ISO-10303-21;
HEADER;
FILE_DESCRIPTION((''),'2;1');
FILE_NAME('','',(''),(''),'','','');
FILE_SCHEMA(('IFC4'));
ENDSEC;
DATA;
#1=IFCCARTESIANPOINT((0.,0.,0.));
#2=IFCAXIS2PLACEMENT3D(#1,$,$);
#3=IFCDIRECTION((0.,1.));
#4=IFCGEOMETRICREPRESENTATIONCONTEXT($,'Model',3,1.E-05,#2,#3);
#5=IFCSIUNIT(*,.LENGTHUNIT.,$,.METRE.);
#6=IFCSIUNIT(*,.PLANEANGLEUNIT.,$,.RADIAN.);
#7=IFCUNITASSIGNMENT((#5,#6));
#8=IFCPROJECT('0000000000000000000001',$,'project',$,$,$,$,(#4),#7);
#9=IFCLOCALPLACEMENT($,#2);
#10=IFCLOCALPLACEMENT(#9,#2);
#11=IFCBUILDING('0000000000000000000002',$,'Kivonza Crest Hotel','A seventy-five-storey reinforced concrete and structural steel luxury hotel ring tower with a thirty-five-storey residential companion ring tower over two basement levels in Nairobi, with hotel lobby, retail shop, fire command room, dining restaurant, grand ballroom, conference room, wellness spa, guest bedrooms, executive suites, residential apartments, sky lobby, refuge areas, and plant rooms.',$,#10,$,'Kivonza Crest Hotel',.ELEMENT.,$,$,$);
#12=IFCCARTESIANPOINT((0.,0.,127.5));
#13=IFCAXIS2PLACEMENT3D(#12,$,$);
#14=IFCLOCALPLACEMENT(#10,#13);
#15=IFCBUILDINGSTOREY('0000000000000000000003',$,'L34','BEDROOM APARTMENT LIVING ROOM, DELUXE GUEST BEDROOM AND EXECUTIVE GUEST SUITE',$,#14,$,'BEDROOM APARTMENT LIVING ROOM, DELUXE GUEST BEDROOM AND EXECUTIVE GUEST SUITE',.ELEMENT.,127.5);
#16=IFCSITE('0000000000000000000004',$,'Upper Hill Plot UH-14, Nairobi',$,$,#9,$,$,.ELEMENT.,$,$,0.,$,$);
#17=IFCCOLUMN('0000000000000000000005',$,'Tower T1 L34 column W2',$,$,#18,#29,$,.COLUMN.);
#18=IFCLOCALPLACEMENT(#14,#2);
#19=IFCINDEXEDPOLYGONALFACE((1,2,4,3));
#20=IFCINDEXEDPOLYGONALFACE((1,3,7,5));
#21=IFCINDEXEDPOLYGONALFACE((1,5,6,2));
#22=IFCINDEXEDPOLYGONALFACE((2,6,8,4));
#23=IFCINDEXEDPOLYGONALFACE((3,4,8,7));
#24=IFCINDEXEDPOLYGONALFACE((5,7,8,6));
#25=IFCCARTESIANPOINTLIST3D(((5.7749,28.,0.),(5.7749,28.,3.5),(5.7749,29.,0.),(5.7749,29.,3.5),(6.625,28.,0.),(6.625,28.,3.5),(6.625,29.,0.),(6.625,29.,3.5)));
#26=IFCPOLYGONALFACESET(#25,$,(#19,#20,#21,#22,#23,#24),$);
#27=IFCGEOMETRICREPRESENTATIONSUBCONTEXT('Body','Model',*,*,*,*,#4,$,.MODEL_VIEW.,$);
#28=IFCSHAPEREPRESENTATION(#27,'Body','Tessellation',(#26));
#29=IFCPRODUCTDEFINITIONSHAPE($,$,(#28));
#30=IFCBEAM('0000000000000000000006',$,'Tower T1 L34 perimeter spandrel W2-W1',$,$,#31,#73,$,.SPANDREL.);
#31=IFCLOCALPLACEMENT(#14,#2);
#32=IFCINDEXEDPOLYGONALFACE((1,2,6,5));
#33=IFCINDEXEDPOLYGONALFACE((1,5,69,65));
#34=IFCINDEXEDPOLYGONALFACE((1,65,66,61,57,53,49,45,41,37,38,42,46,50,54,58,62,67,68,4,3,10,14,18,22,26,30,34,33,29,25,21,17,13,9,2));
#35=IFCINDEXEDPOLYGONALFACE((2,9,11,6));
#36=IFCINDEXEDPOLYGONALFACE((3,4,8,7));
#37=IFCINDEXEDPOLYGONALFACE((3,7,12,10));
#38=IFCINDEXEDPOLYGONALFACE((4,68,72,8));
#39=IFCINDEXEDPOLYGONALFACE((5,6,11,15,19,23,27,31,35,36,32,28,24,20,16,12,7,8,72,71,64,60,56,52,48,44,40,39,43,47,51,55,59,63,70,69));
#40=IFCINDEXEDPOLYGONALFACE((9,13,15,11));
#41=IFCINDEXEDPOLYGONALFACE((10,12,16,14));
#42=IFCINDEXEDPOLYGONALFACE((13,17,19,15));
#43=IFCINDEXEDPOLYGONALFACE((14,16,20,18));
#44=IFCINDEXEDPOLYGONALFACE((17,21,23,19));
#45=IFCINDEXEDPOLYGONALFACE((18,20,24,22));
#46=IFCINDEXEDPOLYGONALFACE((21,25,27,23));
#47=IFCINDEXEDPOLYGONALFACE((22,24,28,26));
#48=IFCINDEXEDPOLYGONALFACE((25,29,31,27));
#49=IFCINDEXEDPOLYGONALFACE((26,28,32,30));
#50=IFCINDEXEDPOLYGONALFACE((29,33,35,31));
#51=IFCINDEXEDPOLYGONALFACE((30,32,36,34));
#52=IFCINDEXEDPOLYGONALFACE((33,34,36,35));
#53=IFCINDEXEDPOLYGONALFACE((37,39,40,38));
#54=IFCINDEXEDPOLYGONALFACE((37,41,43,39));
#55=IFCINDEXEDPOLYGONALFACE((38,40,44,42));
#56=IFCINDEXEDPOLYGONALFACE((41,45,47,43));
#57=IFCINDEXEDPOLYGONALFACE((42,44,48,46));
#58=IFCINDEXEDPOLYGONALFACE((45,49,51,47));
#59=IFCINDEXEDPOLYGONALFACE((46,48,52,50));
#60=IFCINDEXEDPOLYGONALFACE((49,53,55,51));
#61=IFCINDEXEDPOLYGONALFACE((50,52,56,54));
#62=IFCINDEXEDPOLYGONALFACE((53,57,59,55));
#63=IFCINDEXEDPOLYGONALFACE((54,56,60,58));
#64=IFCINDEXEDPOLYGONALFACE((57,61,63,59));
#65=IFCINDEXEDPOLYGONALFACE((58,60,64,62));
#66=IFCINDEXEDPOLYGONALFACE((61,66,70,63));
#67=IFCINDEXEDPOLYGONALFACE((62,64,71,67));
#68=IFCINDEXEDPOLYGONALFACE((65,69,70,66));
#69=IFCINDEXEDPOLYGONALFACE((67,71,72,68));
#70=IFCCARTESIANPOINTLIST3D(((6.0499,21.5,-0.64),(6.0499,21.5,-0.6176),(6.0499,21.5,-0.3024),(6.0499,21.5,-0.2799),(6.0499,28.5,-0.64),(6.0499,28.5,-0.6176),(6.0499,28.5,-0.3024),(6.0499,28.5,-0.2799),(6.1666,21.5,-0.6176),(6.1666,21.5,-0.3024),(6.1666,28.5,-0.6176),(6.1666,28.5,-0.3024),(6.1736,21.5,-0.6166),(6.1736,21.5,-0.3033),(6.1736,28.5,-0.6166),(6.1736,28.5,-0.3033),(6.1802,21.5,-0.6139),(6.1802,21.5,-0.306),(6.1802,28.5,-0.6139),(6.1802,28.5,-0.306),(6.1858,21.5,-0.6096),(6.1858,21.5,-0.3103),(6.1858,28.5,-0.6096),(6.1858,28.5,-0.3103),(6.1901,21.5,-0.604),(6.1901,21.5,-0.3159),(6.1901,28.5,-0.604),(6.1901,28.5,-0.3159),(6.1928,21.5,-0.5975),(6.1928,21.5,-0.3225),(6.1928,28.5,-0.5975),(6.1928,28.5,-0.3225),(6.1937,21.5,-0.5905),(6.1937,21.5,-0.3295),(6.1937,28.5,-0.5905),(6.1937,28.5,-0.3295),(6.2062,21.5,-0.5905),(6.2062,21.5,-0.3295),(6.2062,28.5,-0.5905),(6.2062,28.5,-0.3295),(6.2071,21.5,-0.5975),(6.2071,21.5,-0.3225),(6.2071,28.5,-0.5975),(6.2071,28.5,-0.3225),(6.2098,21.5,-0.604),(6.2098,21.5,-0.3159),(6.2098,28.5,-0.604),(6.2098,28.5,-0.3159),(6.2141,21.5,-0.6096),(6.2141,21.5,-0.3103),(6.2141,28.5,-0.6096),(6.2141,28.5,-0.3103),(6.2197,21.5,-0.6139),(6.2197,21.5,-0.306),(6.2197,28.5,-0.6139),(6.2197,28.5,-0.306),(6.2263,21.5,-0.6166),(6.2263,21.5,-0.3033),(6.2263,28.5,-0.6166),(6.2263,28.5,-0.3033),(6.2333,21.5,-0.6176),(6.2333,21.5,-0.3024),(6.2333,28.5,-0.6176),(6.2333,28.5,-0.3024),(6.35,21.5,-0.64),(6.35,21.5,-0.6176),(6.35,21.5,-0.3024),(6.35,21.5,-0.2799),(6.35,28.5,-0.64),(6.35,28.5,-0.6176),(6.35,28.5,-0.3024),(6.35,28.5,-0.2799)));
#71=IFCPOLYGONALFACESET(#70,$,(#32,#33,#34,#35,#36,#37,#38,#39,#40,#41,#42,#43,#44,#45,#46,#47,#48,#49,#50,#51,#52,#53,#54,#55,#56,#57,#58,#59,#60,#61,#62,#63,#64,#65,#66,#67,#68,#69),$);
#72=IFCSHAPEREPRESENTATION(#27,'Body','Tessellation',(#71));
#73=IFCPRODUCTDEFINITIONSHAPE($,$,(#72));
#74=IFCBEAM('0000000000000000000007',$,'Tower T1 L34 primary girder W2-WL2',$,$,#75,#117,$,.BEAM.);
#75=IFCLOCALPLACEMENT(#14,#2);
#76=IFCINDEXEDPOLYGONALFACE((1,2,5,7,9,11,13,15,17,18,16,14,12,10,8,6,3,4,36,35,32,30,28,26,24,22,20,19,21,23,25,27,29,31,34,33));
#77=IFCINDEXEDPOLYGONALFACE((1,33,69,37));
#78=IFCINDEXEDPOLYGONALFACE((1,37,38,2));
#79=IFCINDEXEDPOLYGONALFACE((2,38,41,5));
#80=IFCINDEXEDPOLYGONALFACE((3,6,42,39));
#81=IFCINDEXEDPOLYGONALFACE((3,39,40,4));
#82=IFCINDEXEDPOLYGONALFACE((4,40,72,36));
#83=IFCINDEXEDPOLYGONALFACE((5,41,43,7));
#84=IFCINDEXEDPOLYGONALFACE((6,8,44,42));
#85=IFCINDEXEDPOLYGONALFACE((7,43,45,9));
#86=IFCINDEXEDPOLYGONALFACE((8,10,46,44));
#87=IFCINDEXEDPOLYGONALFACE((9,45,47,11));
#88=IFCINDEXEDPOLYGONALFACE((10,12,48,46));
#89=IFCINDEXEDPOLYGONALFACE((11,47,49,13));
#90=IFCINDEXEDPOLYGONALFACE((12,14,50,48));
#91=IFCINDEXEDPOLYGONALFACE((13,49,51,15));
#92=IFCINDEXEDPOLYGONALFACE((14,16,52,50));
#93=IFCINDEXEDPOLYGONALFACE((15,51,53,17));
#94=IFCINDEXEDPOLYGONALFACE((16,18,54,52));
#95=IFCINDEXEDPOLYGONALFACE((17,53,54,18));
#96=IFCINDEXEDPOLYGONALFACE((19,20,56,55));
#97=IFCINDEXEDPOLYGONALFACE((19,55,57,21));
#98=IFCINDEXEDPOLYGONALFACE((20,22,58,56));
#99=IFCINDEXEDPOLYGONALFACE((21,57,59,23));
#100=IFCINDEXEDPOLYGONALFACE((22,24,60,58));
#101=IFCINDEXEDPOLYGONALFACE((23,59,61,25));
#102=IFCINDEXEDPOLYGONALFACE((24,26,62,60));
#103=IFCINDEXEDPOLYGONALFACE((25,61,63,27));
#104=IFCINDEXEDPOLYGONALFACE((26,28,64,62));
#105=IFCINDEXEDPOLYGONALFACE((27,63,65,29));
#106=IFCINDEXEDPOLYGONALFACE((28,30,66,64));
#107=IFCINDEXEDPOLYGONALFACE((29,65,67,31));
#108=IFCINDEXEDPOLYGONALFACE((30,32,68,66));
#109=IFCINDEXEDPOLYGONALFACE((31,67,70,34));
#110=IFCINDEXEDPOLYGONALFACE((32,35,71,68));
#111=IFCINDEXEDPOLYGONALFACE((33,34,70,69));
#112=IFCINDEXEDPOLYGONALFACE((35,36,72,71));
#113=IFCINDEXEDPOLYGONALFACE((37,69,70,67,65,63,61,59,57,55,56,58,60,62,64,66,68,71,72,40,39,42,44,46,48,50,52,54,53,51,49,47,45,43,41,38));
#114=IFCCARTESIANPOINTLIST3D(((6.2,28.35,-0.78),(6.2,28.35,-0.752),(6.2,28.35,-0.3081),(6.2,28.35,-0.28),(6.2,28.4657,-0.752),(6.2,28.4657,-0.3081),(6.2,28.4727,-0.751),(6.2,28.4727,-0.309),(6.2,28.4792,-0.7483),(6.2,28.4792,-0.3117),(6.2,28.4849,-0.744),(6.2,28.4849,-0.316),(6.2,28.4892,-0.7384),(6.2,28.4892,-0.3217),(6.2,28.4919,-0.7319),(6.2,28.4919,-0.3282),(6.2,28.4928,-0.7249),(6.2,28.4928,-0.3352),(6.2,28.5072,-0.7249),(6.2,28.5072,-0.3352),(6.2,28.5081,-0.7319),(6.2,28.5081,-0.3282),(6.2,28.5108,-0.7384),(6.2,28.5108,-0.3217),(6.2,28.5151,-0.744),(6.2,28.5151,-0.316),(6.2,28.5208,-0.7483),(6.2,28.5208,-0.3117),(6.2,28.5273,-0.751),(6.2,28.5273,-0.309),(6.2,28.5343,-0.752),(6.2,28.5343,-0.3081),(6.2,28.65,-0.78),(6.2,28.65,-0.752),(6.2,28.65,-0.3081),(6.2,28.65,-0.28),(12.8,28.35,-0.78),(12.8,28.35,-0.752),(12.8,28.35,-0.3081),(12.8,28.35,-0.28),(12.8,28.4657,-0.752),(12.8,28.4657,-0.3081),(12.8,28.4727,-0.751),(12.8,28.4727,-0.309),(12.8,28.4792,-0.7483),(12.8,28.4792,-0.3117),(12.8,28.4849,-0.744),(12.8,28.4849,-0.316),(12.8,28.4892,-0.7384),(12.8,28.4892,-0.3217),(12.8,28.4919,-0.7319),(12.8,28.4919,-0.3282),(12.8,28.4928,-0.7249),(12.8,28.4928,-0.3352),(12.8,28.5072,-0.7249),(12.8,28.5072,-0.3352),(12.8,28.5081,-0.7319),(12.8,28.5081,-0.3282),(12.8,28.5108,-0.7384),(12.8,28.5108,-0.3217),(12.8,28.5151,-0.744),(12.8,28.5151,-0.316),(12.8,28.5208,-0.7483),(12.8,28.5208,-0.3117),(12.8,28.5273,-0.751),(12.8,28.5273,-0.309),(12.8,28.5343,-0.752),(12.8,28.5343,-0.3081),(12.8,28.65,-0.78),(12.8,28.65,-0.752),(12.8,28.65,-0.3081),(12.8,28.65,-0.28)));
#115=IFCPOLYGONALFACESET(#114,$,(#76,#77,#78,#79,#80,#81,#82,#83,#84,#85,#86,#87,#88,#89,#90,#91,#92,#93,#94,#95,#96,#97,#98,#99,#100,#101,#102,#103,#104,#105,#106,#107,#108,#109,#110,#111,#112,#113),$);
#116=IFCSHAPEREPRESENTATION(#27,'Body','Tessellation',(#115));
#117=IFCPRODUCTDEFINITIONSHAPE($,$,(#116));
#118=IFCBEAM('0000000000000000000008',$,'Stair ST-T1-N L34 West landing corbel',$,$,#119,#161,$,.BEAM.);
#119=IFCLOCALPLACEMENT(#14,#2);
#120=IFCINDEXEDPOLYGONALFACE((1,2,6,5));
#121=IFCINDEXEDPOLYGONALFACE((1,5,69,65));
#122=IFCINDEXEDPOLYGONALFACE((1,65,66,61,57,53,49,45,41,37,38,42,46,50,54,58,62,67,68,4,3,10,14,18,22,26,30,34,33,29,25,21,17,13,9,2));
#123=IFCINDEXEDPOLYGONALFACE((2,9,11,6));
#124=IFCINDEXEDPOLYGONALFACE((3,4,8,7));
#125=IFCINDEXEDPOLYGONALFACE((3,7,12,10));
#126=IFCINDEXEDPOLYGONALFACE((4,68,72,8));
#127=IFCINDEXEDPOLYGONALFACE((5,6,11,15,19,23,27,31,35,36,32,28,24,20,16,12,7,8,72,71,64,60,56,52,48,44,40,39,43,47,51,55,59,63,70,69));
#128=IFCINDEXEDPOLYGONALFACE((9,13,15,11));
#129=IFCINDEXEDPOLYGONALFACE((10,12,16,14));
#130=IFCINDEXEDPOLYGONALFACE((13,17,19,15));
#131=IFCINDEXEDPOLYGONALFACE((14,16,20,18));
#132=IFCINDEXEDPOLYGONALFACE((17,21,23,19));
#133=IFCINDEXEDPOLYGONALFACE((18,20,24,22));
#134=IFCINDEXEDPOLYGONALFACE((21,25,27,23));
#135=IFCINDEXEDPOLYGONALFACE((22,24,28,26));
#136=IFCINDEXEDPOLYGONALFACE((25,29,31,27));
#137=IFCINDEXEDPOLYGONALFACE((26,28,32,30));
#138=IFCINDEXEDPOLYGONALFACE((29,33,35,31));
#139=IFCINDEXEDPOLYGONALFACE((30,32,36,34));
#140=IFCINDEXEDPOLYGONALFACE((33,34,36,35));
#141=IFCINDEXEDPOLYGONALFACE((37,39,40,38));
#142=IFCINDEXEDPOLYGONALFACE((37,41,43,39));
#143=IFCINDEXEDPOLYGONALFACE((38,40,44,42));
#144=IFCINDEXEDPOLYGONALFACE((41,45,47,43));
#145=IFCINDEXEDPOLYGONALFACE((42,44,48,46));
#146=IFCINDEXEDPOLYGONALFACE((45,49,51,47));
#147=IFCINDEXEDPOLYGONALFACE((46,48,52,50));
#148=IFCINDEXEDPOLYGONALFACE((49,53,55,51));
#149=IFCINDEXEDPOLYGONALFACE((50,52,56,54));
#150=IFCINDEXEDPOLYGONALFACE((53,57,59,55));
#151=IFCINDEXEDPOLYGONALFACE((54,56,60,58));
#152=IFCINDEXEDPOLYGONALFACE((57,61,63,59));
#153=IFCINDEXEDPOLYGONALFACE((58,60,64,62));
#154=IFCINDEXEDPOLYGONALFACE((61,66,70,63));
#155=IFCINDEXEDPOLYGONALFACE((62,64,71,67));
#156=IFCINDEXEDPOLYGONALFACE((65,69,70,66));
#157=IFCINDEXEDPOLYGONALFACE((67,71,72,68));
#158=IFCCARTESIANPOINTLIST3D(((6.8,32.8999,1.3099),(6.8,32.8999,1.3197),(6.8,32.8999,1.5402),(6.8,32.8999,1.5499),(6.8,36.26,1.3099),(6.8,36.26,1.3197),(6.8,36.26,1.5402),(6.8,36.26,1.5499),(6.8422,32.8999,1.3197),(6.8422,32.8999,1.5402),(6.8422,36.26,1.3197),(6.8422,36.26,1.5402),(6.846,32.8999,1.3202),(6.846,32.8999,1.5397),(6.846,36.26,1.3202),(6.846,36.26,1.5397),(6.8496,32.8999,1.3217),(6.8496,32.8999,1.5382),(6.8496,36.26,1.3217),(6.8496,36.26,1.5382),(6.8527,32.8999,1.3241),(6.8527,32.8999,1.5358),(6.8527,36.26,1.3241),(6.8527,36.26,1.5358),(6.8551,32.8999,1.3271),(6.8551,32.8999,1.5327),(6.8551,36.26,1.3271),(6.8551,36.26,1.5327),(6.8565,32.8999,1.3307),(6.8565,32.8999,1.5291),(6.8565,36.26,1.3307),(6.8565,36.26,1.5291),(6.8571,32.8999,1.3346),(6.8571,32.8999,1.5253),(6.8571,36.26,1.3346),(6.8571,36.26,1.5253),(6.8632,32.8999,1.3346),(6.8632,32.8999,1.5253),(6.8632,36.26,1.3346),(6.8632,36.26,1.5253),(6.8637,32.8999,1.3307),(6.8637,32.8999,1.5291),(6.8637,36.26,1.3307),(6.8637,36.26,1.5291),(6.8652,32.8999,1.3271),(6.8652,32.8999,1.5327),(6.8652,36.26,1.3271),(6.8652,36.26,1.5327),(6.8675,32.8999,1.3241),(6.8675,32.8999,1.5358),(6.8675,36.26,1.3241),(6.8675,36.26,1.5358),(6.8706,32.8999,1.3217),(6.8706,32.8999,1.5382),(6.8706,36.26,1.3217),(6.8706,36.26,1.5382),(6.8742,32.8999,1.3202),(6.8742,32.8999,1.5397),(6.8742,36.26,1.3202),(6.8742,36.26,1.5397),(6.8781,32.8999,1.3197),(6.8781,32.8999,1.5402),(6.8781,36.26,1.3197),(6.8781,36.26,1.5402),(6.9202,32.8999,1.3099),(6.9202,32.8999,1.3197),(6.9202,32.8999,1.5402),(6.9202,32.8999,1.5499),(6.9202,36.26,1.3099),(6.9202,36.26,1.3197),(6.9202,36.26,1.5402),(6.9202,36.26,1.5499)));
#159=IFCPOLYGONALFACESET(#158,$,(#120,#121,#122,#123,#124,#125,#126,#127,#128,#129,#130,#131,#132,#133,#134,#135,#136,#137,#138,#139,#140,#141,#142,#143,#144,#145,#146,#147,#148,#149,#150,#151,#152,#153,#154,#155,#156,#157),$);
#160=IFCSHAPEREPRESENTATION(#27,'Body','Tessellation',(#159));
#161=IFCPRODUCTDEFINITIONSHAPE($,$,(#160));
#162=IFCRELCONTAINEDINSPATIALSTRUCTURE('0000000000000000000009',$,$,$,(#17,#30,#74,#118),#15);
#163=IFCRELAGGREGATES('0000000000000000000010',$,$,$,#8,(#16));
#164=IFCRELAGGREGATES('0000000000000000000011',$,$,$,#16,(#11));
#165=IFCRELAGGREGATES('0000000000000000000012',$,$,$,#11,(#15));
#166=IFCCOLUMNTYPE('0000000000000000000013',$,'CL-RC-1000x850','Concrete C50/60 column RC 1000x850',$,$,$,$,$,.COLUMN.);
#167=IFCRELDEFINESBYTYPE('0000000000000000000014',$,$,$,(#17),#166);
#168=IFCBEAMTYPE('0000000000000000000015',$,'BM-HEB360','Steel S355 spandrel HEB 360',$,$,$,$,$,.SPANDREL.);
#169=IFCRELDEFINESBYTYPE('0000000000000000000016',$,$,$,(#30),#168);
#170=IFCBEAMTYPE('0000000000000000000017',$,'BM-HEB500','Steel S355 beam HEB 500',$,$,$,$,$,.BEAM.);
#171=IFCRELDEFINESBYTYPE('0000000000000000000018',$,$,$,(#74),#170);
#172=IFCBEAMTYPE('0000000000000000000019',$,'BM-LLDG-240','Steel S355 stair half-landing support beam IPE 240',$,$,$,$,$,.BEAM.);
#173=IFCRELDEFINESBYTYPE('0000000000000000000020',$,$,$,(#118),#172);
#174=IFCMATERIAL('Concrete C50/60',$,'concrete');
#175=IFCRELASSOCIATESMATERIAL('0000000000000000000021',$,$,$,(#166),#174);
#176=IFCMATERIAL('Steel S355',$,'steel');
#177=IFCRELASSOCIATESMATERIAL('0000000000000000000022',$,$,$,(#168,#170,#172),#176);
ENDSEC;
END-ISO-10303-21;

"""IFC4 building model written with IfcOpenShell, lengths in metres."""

from ifc_helpers import new_model, si_unit, direction, frame, origin, origin_2d, place, context, subcontext, project, spatial, rectangle, i_section, extrude, material, material_profile, profile_set, type_object, element, save


model = new_model("IFC4")

# Units and contexts
model_context = context("Model", 3, precision=1e-05, world=origin(), true_north=direction((0.0, 1.0)))
body_context = subcontext(model_context, "Body", "Model", "MODEL_VIEW")
ifc_project = project(units=[si_unit("LENGTHUNIT", "METRE"), si_unit("PLANEANGLEUNIT", "RADIAN")], contexts=[model_context])

# Site, building, storey
site_placement = place(None, origin())
site = spatial("IfcSite", under=ifc_project, at=site_placement, Name="Upper Hill Plot UH-14, Nairobi", CompositionType="ELEMENT", RefElevation=0.0)
building_placement = place(site_placement, origin())
building = spatial("IfcBuilding", under=site, at=building_placement, Name="Kivonza Crest Hotel", Description="A seventy-five-storey reinforced concrete and structural steel luxury hotel ring tower with a thirty-five-storey residential companion ring tower over two basement levels in Nairobi, with hotel lobby, retail shop, fire command room, dining restaurant, grand ballroom, conference room, wellness spa, guest bedrooms, executive suites, residential apartments, sky lobby, refuge areas, and plant rooms.", LongName="Kivonza Crest Hotel", CompositionType="ELEMENT")
storey_placement = place(building_placement, frame((0.0, 0.0, 127.5)))
storey = spatial("IfcBuildingStorey", under=building, at=storey_placement, Name="L34", Description="BEDROOM APARTMENT LIVING ROOM, DELUXE GUEST BEDROOM AND EXECUTIVE GUEST SUITE", LongName="BEDROOM APARTMENT LIVING ROOM, DELUXE GUEST BEDROOM AND EXECUTIVE GUEST SUITE", CompositionType="ELEMENT", Elevation=127.5)

# Column
ifc_material_1 = material(Name="Concrete C50/60", Category="concrete")
ifc_material_profile_1 = material_profile(ifc_material_1, rectangle(XDim=0.8501, YDim=1.0, at=origin_2d()), Name="RC 1000x850")
ifc_profile_set_1 = profile_set([ifc_material_profile_1], Name="Concrete C50/60")
column_type = type_object("IfcColumnType", Name="CL-RC-1000x850", Description="Concrete C50/60 column RC 1000x850", PredefinedType="COLUMN", material=ifc_profile_set_1)
column_placement = place(storey_placement, frame((6.2, 28.5, 0.0), z_axis=(0.0, 0.0, 1.0), x_axis=(1.0, 0.0, 0.0)))
element("IfcColumn", 1, at=column_placement, inside=storey, type_object=column_type, Name="Tower T1 L34 column W2", PredefinedType="COLUMN", context=body_context, shape_type="SweptSolid", body=[
    extrude(rectangle(XDim=0.8501, YDim=1.0, at=origin_2d()), origin(), (0.0, 0.0, 1.0), 3.5),
])

# Beams
ifc_material_2 = material(Name="Steel S355", Category="steel")
ifc_material_profile_2 = material_profile(ifc_material_2, i_section(OverallWidth=0.3, OverallDepth=0.3601, WebThickness=0.0125, FlangeThickness=0.0225, FilletRadius=0.0271, at=origin_2d()), Name="HEB 360")
ifc_profile_set_2 = profile_set([ifc_material_profile_2], Name="Steel S355")
beam_type_1 = type_object("IfcBeamType", Name="BM-HEB360", Description="Steel S355 spandrel HEB 360", PredefinedType="SPANDREL", material=ifc_profile_set_2)
beam_1_placement = place(storey_placement, frame((6.2, 28.5, -0.46), z_axis=(0.0, -1.0, 0.0), x_axis=(1.0, 0.0, 0.0)))
element("IfcBeam", 2, at=beam_1_placement, inside=storey, type_object=beam_type_1, Name="Tower T1 L34 perimeter spandrel W2-W1", PredefinedType="SPANDREL", context=body_context, shape_type="SweptSolid", body=[
    extrude(i_section(OverallWidth=0.3, OverallDepth=0.3601, WebThickness=0.0125, FlangeThickness=0.0225, FilletRadius=0.0271, at=origin_2d()), origin(), (0.0, 0.0, 1.0), 7.0),
])
ifc_material_profile_3 = material_profile(ifc_material_2, i_section(OverallWidth=0.3, OverallDepth=0.5, WebThickness=0.0144, FlangeThickness=0.0281, FilletRadius=0.0271, at=origin_2d()), Name="HEB 500")
ifc_profile_set_3 = profile_set([ifc_material_profile_3], Name="Steel S355")
beam_type_2 = type_object("IfcBeamType", Name="BM-HEB500", Description="Steel S355 beam HEB 500", PredefinedType="BEAM", material=ifc_profile_set_3)
beam_2_placement = place(storey_placement, frame((6.2, 28.5, -0.53), z_axis=(1.0, 0.0, 0.0), x_axis=(0.0, 1.0, 0.0)))
element("IfcBeam", 3, at=beam_2_placement, inside=storey, type_object=beam_type_2, Name="Tower T1 L34 primary girder W2-WL2", PredefinedType="BEAM", context=body_context, shape_type="SweptSolid", body=[
    extrude(i_section(OverallWidth=0.3, OverallDepth=0.5, WebThickness=0.0144, FlangeThickness=0.0281, FilletRadius=0.0271, at=origin_2d()), origin(), (0.0, 0.0, 1.0), 6.6001),
])
ifc_material_profile_4 = material_profile(ifc_material_2, i_section(OverallWidth=0.1201, OverallDepth=0.24, WebThickness=0.0061, FlangeThickness=0.0098, FilletRadius=0.0149, at=origin_2d()), Name="IPE 240")
ifc_profile_set_4 = profile_set([ifc_material_profile_4], Name="Steel S355")
beam_type_3 = type_object("IfcBeamType", Name="BM-LLDG-240", Description="Steel S355 stair half-landing support beam IPE 240", PredefinedType="BEAM", material=ifc_profile_set_4)
beam_3_placement = place(storey_placement, frame((6.8601, 32.8999, 1.4299), z_axis=(0.0, 1.0, 0.0), x_axis=(-1.0, 0.0, 0.0)))
element("IfcBeam", 4, at=beam_3_placement, inside=storey, type_object=beam_type_3, Name="Stair ST-T1-N L34 West landing corbel", PredefinedType="BEAM", context=body_context, shape_type="SweptSolid", body=[
    extrude(i_section(OverallWidth=0.1201, OverallDepth=0.24, WebThickness=0.0061, FlangeThickness=0.0098, FilletRadius=0.0149, at=origin_2d()), origin(), (0.0, 0.0, 1.0), 3.3601),
])

save(model, "model.ifc")
